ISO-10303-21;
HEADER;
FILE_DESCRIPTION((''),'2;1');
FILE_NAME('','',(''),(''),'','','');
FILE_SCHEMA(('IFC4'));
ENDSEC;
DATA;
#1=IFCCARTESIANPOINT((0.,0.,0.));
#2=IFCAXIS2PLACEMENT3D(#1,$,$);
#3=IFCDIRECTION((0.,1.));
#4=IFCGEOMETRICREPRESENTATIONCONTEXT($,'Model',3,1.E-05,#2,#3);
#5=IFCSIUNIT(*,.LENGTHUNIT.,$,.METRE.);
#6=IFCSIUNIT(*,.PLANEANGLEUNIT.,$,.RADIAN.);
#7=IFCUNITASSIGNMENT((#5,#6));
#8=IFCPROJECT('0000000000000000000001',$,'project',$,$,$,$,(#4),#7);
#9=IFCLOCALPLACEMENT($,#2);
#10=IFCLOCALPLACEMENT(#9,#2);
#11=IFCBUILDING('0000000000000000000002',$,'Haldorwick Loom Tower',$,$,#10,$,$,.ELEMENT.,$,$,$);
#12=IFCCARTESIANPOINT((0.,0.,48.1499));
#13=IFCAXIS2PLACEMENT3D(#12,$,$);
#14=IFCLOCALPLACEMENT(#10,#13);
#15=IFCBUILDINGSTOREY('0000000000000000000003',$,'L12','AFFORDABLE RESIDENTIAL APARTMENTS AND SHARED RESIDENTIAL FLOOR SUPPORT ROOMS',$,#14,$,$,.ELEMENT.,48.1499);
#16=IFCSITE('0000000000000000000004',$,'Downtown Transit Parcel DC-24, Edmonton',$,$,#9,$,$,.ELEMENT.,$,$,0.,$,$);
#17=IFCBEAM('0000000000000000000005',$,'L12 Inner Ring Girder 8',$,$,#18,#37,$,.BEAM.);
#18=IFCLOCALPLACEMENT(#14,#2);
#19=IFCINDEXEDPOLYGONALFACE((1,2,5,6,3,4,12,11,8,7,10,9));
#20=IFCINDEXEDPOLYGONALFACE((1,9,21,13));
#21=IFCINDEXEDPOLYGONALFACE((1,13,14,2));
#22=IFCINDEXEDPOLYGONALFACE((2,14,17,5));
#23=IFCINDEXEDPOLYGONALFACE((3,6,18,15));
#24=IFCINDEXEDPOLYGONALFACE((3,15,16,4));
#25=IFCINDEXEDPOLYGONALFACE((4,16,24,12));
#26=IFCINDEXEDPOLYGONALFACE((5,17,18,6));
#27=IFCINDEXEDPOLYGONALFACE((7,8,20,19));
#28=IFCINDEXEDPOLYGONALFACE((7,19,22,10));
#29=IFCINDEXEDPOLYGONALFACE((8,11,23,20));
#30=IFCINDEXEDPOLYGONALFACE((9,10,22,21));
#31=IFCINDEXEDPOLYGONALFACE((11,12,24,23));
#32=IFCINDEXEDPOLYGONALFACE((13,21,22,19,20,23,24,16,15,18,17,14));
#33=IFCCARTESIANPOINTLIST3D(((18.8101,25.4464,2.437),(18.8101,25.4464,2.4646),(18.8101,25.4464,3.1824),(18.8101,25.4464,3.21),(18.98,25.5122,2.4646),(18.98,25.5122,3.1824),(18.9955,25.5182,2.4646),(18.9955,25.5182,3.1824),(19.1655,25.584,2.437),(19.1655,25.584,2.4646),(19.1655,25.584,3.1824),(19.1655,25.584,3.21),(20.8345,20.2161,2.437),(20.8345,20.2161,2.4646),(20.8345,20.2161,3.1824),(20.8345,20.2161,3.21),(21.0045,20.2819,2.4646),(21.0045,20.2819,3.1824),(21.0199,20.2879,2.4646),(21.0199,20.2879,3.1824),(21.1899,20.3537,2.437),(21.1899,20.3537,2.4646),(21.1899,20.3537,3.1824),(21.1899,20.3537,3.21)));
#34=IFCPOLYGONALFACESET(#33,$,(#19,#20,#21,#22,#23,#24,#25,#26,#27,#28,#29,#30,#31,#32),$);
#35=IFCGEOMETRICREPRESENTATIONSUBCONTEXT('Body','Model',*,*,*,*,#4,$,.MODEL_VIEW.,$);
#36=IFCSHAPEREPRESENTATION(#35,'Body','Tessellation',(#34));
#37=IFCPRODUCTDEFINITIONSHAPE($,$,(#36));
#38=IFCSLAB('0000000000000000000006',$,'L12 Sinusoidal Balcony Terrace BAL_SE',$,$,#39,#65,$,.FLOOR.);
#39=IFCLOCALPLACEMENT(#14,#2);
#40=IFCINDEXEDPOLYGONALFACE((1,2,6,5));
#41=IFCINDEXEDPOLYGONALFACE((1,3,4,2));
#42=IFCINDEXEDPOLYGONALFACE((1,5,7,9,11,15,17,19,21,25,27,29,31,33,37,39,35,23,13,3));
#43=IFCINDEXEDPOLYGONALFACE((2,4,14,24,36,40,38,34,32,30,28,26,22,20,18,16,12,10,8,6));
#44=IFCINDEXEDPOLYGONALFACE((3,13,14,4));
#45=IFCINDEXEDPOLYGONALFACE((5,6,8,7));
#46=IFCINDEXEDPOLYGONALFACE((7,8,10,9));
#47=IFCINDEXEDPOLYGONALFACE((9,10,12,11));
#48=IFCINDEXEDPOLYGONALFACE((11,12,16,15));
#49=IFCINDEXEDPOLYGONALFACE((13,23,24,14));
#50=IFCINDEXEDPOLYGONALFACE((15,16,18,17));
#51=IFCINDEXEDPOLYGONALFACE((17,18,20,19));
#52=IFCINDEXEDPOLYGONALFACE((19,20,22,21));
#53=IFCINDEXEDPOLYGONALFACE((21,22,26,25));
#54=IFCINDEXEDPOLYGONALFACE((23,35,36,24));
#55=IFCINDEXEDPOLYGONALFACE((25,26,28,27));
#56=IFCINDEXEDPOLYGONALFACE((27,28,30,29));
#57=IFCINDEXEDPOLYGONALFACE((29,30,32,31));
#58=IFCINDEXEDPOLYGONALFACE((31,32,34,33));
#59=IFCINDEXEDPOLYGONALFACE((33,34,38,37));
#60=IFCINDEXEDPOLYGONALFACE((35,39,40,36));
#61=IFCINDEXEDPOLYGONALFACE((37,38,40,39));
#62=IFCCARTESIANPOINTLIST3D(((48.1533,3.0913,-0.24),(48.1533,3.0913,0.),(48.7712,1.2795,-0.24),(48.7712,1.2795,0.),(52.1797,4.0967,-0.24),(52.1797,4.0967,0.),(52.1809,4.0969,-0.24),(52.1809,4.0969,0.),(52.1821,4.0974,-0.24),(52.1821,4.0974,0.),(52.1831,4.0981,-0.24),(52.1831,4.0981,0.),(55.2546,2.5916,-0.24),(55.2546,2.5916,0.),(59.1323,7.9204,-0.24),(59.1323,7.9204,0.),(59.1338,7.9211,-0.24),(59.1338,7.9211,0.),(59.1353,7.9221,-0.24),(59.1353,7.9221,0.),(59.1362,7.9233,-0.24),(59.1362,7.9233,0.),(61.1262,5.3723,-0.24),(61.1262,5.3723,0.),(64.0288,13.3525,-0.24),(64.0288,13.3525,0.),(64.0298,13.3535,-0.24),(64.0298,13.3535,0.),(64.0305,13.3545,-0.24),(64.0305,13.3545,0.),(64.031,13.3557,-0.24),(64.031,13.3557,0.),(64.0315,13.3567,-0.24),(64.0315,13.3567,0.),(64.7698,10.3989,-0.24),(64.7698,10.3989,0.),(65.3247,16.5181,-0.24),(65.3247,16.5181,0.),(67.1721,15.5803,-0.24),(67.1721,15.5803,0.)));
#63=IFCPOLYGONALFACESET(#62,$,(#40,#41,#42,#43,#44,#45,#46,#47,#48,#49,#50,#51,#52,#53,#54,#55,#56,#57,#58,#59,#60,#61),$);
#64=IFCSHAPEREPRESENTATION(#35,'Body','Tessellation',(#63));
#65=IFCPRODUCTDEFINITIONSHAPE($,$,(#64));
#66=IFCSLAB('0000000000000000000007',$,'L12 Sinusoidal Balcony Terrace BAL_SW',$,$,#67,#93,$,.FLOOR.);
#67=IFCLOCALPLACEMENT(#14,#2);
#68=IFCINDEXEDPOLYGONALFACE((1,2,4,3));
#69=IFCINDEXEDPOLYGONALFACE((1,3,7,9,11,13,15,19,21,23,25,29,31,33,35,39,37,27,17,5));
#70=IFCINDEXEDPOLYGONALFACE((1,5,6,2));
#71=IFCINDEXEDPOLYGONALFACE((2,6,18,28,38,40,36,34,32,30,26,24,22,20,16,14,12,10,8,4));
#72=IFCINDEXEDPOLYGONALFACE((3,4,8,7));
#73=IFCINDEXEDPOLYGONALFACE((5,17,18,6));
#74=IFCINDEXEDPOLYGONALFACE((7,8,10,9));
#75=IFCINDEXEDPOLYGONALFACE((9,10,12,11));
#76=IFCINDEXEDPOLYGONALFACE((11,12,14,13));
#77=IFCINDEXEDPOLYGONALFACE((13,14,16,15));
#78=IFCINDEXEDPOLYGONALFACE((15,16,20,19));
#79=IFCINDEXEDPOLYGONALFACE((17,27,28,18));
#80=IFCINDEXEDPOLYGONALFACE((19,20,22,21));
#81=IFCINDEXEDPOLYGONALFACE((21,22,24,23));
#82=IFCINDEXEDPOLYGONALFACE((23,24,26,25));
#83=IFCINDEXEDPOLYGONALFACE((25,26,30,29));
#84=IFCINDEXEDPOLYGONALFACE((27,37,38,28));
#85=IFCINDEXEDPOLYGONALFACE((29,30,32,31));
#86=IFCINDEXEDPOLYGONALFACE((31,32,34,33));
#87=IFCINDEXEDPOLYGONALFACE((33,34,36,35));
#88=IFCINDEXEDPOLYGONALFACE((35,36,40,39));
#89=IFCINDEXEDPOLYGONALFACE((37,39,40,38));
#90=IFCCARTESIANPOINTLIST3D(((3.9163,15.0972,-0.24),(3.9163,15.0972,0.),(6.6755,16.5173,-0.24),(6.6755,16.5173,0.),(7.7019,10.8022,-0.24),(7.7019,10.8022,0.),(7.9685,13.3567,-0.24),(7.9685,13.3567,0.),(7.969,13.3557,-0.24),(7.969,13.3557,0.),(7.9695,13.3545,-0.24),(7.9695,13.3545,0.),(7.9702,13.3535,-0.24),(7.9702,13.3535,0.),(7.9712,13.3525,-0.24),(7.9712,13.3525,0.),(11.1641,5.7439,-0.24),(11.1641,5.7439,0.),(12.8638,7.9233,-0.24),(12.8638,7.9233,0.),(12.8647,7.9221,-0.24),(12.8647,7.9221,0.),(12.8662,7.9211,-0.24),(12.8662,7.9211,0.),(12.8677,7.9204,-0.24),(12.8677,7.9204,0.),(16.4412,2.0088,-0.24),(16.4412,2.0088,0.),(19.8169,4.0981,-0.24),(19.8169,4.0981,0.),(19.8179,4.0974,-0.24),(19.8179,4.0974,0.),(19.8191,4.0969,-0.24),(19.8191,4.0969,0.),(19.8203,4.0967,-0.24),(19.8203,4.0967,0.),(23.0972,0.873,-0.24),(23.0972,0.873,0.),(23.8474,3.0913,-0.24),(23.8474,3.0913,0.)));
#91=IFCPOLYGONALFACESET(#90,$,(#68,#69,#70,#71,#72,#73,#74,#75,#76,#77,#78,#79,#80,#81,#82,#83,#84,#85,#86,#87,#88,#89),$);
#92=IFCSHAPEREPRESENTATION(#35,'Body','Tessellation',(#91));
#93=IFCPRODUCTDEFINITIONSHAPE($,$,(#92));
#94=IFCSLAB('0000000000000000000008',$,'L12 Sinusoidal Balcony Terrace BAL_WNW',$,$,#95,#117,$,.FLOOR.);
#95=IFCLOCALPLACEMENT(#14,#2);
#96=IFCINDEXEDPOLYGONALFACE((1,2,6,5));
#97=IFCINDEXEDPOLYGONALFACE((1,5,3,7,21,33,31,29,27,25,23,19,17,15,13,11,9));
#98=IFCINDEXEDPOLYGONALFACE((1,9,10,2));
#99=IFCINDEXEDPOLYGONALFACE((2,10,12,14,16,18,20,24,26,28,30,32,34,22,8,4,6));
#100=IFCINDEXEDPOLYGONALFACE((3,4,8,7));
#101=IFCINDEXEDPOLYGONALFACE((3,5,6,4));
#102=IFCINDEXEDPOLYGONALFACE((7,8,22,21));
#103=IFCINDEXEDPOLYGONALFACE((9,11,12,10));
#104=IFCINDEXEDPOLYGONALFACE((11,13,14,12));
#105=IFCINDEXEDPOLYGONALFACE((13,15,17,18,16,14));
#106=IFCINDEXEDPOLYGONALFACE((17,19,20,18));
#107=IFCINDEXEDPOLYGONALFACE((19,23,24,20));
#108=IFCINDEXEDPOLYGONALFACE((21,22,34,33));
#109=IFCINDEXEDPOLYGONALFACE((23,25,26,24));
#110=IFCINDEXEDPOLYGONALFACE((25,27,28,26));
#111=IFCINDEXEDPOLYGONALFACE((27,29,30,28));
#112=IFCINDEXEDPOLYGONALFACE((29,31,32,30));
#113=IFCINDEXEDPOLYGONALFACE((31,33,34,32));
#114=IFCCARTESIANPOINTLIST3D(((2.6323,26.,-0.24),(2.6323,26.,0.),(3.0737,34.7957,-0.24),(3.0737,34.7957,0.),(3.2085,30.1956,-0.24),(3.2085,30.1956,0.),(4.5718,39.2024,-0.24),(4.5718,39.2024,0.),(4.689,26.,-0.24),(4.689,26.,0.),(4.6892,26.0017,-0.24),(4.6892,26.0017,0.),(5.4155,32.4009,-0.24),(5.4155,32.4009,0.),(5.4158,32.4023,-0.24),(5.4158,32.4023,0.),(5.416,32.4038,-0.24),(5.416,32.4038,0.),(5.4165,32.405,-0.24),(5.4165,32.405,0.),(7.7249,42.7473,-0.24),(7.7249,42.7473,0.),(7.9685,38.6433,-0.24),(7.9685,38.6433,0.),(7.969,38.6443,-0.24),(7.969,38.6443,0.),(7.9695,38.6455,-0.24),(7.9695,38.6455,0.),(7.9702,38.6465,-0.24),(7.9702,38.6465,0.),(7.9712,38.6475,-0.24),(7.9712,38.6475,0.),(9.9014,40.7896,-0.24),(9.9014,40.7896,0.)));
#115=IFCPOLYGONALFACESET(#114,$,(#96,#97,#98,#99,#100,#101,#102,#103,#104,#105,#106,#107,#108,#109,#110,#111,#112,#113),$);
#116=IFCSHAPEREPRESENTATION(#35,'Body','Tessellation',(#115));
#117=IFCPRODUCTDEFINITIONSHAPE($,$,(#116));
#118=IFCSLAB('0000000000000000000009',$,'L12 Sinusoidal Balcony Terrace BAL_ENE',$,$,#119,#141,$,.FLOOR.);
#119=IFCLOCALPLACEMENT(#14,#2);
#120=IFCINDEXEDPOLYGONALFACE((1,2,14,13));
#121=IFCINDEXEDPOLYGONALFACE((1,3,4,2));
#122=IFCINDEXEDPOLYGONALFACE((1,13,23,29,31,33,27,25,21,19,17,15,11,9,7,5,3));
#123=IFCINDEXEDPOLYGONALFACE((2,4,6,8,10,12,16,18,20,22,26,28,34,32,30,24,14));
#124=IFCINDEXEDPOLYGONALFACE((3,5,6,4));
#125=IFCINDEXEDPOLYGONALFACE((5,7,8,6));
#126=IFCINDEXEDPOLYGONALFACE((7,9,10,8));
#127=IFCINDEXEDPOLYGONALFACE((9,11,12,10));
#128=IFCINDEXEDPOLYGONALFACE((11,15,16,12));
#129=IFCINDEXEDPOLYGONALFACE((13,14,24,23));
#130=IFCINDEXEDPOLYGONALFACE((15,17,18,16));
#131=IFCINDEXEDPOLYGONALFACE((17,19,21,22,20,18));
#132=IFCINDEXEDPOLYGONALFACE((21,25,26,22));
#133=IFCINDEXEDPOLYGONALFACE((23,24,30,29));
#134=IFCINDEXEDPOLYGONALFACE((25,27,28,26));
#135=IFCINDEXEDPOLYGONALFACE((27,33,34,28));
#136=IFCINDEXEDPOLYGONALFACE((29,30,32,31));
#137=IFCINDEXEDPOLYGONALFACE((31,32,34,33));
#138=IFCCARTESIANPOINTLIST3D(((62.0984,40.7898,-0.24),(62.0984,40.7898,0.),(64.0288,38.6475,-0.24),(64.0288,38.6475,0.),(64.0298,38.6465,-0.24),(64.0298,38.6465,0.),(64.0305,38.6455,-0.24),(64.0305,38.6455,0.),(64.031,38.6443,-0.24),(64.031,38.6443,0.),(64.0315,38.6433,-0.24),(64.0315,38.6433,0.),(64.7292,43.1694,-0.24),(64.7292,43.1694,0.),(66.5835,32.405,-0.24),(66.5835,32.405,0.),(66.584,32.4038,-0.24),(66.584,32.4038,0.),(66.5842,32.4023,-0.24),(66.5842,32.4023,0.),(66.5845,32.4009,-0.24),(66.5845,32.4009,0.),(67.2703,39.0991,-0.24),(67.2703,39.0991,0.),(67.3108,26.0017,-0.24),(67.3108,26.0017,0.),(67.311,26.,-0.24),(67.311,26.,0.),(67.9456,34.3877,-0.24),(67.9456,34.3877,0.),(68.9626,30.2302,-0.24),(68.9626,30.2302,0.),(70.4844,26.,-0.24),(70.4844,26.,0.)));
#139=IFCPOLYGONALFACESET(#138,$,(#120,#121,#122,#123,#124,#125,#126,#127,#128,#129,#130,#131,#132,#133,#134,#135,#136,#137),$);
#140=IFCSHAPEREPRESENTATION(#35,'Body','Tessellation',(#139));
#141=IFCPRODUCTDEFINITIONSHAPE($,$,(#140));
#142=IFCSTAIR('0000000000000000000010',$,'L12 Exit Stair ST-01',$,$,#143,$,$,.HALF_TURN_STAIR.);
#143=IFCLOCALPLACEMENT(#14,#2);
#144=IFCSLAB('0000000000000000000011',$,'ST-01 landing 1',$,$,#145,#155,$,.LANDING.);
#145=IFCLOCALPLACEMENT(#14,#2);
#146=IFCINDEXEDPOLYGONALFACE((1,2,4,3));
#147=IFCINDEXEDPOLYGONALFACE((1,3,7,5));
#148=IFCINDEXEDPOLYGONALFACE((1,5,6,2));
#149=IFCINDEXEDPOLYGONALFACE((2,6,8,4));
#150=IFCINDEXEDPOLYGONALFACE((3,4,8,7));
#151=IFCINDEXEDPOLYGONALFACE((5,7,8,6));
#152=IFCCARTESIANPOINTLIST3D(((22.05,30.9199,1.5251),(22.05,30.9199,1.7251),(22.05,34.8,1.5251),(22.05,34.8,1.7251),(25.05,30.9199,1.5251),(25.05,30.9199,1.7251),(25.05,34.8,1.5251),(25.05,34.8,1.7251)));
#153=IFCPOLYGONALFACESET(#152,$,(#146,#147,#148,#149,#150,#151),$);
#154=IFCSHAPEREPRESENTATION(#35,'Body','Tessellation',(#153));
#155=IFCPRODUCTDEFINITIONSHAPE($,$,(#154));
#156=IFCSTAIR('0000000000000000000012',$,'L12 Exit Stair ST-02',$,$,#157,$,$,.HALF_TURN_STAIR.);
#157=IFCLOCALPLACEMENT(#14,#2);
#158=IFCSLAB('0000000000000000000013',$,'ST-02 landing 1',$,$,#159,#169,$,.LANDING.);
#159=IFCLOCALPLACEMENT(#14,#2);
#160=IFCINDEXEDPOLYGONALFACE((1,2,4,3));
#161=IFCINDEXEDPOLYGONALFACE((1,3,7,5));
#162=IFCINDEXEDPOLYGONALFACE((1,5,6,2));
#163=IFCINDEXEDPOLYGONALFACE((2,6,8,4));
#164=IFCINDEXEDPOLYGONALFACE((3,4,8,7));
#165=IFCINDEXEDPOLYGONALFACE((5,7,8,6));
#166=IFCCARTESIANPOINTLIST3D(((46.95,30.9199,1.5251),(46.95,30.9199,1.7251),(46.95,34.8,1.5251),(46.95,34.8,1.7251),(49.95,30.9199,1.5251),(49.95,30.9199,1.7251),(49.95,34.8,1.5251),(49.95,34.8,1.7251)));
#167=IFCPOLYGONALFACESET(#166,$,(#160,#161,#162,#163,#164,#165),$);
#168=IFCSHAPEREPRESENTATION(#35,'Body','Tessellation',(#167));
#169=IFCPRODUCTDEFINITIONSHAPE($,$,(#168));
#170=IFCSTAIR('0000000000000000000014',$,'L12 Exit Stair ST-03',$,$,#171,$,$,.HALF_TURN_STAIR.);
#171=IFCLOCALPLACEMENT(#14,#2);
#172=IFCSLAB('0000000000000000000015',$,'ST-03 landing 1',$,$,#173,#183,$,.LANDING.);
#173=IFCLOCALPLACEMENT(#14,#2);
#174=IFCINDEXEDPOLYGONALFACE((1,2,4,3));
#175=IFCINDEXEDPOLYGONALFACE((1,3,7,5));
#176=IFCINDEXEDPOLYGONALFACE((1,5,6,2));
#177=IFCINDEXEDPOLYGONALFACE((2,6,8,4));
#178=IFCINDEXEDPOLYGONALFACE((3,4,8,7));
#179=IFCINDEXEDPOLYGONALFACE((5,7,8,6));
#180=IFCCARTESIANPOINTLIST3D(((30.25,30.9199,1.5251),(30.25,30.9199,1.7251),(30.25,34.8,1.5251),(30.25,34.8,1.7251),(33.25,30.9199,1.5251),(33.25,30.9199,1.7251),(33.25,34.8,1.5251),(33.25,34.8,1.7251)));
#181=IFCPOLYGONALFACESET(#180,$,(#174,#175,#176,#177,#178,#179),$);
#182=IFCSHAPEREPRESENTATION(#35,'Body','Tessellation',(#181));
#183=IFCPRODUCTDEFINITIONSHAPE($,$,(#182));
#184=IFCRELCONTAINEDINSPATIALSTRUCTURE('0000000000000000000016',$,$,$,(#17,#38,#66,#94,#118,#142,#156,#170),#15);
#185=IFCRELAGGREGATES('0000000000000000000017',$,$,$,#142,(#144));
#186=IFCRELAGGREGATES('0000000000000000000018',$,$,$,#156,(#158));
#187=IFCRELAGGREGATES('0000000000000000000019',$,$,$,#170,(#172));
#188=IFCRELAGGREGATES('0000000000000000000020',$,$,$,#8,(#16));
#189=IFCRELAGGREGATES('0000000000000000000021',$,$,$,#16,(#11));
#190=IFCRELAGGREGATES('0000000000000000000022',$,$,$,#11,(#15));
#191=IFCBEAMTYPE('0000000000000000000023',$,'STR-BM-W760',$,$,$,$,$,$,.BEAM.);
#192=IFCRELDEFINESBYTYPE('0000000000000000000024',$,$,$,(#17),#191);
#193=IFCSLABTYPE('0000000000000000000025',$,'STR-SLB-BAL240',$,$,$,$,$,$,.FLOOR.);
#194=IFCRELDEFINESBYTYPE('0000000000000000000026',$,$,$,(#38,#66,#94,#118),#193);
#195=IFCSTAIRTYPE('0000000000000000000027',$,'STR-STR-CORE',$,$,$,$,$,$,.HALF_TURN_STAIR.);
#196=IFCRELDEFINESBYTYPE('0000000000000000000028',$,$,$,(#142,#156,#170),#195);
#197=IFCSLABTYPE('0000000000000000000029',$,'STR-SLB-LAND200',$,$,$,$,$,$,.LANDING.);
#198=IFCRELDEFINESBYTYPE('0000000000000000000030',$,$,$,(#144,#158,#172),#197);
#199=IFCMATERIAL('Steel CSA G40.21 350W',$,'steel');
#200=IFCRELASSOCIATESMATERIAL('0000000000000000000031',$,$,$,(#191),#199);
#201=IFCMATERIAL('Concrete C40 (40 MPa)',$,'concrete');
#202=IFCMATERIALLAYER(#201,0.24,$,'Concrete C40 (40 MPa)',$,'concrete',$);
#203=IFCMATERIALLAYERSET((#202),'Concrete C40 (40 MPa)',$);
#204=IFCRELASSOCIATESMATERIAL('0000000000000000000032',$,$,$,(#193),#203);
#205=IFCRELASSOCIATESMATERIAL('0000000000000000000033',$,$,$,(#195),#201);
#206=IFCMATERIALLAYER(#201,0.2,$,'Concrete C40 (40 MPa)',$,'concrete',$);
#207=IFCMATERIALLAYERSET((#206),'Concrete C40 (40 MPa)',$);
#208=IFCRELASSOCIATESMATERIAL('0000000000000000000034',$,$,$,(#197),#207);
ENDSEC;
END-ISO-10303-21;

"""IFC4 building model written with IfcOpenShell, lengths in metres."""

from ifc_helpers import new_model, si_unit, direction, frame, origin, origin_2d, place, context, subcontext, project, spatial, polyline, i_section, outline, extrude, material, layer, layer_set, material_profile, profile_set, type_object, element, aggregate, save


model = new_model("IFC4")

# Units and contexts
model_context = context("Model", 3, precision=1e-05, world=origin(), true_north=direction((0.0, 1.0)))
body_context = subcontext(model_context, "Body", "Model", "MODEL_VIEW")
ifc_project = project(units=[si_unit("LENGTHUNIT", "METRE"), si_unit("PLANEANGLEUNIT", "RADIAN")], contexts=[model_context])

# Site, building, storey
site_placement = place(None, origin())
site = spatial("IfcSite", under=ifc_project, at=site_placement, Name="Downtown Transit Parcel DC-24, Edmonton", CompositionType="ELEMENT", RefElevation=0.0)
building_placement = place(site_placement, origin())
building = spatial("IfcBuilding", under=site, at=building_placement, Name="Haldorwick Loom Tower", CompositionType="ELEMENT")
storey_placement = place(building_placement, frame((0.0, 0.0, 48.1499)))
storey = spatial("IfcBuildingStorey", under=building, at=storey_placement, Name="L12", Description="AFFORDABLE RESIDENTIAL APARTMENTS AND SHARED RESIDENTIAL FLOOR SUPPORT ROOMS", CompositionType="ELEMENT", Elevation=48.1499)

# Beam
ifc_material_1 = material(Name="Steel CSA G40.21 350W", Category="steel")
ifc_material_profile_1 = material_profile(ifc_material_1, i_section(OverallWidth=0.3811, OverallDepth=0.7729, WebThickness=0.0166, FlangeThickness=0.0276, at=origin_2d()), Name="W760X257", Category="steel")
ifc_profile_set_1 = profile_set([ifc_material_profile_1], Name="Steel CSA G40.21 350W")
beam_type_1 = type_object("IfcBeamType", Name="STR-BM-W760", PredefinedType="BEAM", material=ifc_profile_set_1)
beam_1_placement = place(storey_placement, frame((21.0122, 20.2849, 2.8235), z_axis=(-0.360965, 0.932579, 0.0), x_axis=(-0.932579, -0.360965, 0.0)))
element("IfcBeam", 1, at=beam_1_placement, inside=storey, type_object=beam_type_1, Name="L12 Inner Ring Girder 8", PredefinedType="BEAM", context=body_context, shape_type="SweptSolid", body=[
    extrude(i_section(OverallWidth=0.3811, OverallDepth=0.7729, WebThickness=0.0166, FlangeThickness=0.0276, at=origin_2d()), origin(), (0.0, 0.0, 1.0), 5.6084),
])

# Slabs
ifc_material_2 = material(Name="Concrete C40 (40 MPa)", Category="concrete")
ifc_layer_1 = layer(ifc_material_2, 0.24, Name="Concrete C40 (40 MPa)", Category="concrete")
ifc_layer_set_1 = layer_set([ifc_layer_1], Name="Concrete C40 (40 MPa)")
slab_type_1 = type_object("IfcSlabType", Name="STR-SLB-BAL240", PredefinedType="FLOOR", material=ifc_layer_set_1)
slab_1_placement = place(storey_placement, frame((0.0, 0.0, -0.24)))
element("IfcSlab", 2, at=slab_1_placement, inside=storey, type_object=slab_type_1, Name="L12 Sinusoidal Balcony Terrace BAL_SE", PredefinedType="FLOOR", context=body_context, shape_type="SweptSolid", body=[
    extrude(outline(polyline([(65.3247, 16.5181), (64.0315, 13.3567), (64.031, 13.3557), (64.0305, 13.3545), (64.0298, 13.3535), (64.0288, 13.3525), (59.1362, 7.9233), (59.1353, 7.9221), (59.1338, 7.9211), (59.1323, 7.9204), (52.1831, 4.0981), (52.1821, 4.0974), (52.1809, 4.0969), (52.1797, 4.0967), (48.1533, 3.0913), (48.7712, 1.2795), (55.2546, 2.5916), (61.1262, 5.3723), (64.7698, 10.3989), (67.1721, 15.5803), (65.3247, 16.5181)])), origin(), (0.0, 0.0, 1.0), 0.24),
])
slab_2_placement = place(storey_placement, frame((0.0, 0.0, -0.24)))
element("IfcSlab", 3, at=slab_2_placement, inside=storey, type_object=slab_type_1, Name="L12 Sinusoidal Balcony Terrace BAL_SW", PredefinedType="FLOOR", context=body_context, shape_type="SweptSolid", body=[
    extrude(outline(polyline([(23.8474, 3.0913), (19.8203, 4.0967), (19.8191, 4.0969), (19.8179, 4.0974), (19.8169, 4.0981), (12.8677, 7.9204), (12.8662, 7.9211), (12.8647, 7.9221), (12.8638, 7.9233), (7.9712, 13.3525), (7.9702, 13.3535), (7.9695, 13.3545), (7.969, 13.3557), (7.9685, 13.3567), (6.6755, 16.5173), (3.9163, 15.0972), (7.7019, 10.8022), (11.1641, 5.7439), (16.4412, 2.0088), (23.0972, 0.873), (23.8474, 3.0913)])), origin(), (0.0, 0.0, 1.0), 0.24),
])
slab_3_placement = place(storey_placement, frame((0.0, 0.0, -0.24)))
element("IfcSlab", 4, at=slab_3_placement, inside=storey, type_object=slab_type_1, Name="L12 Sinusoidal Balcony Terrace BAL_WNW", PredefinedType="FLOOR", context=body_context, shape_type="SweptSolid", body=[
    extrude(outline(polyline([(4.689, 26.0), (4.6892, 26.0017), (5.4155, 32.4009), (5.4158, 32.4023), (5.416, 32.4038), (5.4165, 32.405), (7.9685, 38.6433), (7.969, 38.6443), (7.9695, 38.6455), (7.9702, 38.6465), (7.9712, 38.6475), (9.9014, 40.7896), (7.7249, 42.7473), (4.5718, 39.2024), (3.0737, 34.7957), (3.2085, 30.1956), (2.6323, 26.0), (4.689, 26.0)])), origin(), (0.0, 0.0, 1.0), 0.24),
])
slab_4_placement = place(storey_placement, frame((0.0, 0.0, -0.24)))
element("IfcSlab", 5, at=slab_4_placement, inside=storey, type_object=slab_type_1, Name="L12 Sinusoidal Balcony Terrace BAL_ENE", PredefinedType="FLOOR", context=body_context, shape_type="SweptSolid", body=[
    extrude(outline(polyline([(62.0984, 40.7898), (64.0288, 38.6475), (64.0298, 38.6465), (64.0305, 38.6455), (64.031, 38.6443), (64.0315, 38.6433), (66.5835, 32.405), (66.584, 32.4038), (66.5842, 32.4023), (66.5845, 32.4009), (67.3108, 26.0017), (67.311, 26.0), (70.4844, 26.0), (68.9626, 30.2302), (67.9456, 34.3877), (67.2703, 39.0991), (64.7292, 43.1694), (62.0984, 40.7898)])), origin(), (0.0, 0.0, 1.0), 0.24),
])

# Stairs, slabs
stair_type = type_object("IfcStairType", Name="STR-STR-CORE", PredefinedType="HALF_TURN_STAIR", material=ifc_material_2)
stair_1_placement = place(storey_placement, origin())
stair_1 = element("IfcStair", 6, at=stair_1_placement, inside=storey, type_object=stair_type, Name="L12 Exit Stair ST-01", PredefinedType="HALF_TURN_STAIR")
ifc_layer_2 = layer(ifc_material_2, 0.2, Name="Concrete C40 (40 MPa)", Category="concrete")
ifc_layer_set_2 = layer_set([ifc_layer_2], Name="Concrete C40 (40 MPa)")
slab_type_2 = type_object("IfcSlabType", Name="STR-SLB-LAND200", PredefinedType="LANDING", material=ifc_layer_set_2)
slab_5_placement = place(storey_placement, frame((0.0, 0.0, 1.5251)))
slab_5 = element("IfcSlab", 7, at=slab_5_placement, type_object=slab_type_2, Name="ST-01 landing 1", PredefinedType="LANDING", context=body_context, shape_type="SweptSolid", body=[
    extrude(outline(polyline([(25.05, 30.9199), (25.05, 34.8), (22.05, 34.8), (22.05, 30.9199), (25.05, 30.9199)])), origin(), (0.0, 0.0, 1.0), 0.2),
])
aggregate(stair_1, [slab_5])
stair_2_placement = place(storey_placement, origin())
stair_2 = element("IfcStair", 8, at=stair_2_placement, inside=storey, type_object=stair_type, Name="L12 Exit Stair ST-02", PredefinedType="HALF_TURN_STAIR")
slab_6_placement = place(storey_placement, frame((0.0, 0.0, 1.5251)))
slab_6 = element("IfcSlab", 9, at=slab_6_placement, type_object=slab_type_2, Name="ST-02 landing 1", PredefinedType="LANDING", context=body_context, shape_type="SweptSolid", body=[
    extrude(outline(polyline([(49.95, 30.9199), (49.95, 34.8), (46.95, 34.8), (46.95, 30.9199), (49.95, 30.9199)])), origin(), (0.0, 0.0, 1.0), 0.2),
])
aggregate(stair_2, [slab_6])
stair_3_placement = place(storey_placement, origin())
stair_3 = element("IfcStair", 10, at=stair_3_placement, inside=storey, type_object=stair_type, Name="L12 Exit Stair ST-03", PredefinedType="HALF_TURN_STAIR")
slab_7_placement = place(storey_placement, frame((0.0, 0.0, 1.5251)))
slab_7 = element("IfcSlab", 11, at=slab_7_placement, type_object=slab_type_2, Name="ST-03 landing 1", PredefinedType="LANDING", context=body_context, shape_type="SweptSolid", body=[
    extrude(outline(polyline([(33.25, 30.9199), (33.25, 34.8), (30.25, 34.8), (30.25, 30.9199), (33.25, 30.9199)])), origin(), (0.0, 0.0, 1.0), 0.2),
])
aggregate(stair_3, [slab_7])

save(model, "model.ifc")
